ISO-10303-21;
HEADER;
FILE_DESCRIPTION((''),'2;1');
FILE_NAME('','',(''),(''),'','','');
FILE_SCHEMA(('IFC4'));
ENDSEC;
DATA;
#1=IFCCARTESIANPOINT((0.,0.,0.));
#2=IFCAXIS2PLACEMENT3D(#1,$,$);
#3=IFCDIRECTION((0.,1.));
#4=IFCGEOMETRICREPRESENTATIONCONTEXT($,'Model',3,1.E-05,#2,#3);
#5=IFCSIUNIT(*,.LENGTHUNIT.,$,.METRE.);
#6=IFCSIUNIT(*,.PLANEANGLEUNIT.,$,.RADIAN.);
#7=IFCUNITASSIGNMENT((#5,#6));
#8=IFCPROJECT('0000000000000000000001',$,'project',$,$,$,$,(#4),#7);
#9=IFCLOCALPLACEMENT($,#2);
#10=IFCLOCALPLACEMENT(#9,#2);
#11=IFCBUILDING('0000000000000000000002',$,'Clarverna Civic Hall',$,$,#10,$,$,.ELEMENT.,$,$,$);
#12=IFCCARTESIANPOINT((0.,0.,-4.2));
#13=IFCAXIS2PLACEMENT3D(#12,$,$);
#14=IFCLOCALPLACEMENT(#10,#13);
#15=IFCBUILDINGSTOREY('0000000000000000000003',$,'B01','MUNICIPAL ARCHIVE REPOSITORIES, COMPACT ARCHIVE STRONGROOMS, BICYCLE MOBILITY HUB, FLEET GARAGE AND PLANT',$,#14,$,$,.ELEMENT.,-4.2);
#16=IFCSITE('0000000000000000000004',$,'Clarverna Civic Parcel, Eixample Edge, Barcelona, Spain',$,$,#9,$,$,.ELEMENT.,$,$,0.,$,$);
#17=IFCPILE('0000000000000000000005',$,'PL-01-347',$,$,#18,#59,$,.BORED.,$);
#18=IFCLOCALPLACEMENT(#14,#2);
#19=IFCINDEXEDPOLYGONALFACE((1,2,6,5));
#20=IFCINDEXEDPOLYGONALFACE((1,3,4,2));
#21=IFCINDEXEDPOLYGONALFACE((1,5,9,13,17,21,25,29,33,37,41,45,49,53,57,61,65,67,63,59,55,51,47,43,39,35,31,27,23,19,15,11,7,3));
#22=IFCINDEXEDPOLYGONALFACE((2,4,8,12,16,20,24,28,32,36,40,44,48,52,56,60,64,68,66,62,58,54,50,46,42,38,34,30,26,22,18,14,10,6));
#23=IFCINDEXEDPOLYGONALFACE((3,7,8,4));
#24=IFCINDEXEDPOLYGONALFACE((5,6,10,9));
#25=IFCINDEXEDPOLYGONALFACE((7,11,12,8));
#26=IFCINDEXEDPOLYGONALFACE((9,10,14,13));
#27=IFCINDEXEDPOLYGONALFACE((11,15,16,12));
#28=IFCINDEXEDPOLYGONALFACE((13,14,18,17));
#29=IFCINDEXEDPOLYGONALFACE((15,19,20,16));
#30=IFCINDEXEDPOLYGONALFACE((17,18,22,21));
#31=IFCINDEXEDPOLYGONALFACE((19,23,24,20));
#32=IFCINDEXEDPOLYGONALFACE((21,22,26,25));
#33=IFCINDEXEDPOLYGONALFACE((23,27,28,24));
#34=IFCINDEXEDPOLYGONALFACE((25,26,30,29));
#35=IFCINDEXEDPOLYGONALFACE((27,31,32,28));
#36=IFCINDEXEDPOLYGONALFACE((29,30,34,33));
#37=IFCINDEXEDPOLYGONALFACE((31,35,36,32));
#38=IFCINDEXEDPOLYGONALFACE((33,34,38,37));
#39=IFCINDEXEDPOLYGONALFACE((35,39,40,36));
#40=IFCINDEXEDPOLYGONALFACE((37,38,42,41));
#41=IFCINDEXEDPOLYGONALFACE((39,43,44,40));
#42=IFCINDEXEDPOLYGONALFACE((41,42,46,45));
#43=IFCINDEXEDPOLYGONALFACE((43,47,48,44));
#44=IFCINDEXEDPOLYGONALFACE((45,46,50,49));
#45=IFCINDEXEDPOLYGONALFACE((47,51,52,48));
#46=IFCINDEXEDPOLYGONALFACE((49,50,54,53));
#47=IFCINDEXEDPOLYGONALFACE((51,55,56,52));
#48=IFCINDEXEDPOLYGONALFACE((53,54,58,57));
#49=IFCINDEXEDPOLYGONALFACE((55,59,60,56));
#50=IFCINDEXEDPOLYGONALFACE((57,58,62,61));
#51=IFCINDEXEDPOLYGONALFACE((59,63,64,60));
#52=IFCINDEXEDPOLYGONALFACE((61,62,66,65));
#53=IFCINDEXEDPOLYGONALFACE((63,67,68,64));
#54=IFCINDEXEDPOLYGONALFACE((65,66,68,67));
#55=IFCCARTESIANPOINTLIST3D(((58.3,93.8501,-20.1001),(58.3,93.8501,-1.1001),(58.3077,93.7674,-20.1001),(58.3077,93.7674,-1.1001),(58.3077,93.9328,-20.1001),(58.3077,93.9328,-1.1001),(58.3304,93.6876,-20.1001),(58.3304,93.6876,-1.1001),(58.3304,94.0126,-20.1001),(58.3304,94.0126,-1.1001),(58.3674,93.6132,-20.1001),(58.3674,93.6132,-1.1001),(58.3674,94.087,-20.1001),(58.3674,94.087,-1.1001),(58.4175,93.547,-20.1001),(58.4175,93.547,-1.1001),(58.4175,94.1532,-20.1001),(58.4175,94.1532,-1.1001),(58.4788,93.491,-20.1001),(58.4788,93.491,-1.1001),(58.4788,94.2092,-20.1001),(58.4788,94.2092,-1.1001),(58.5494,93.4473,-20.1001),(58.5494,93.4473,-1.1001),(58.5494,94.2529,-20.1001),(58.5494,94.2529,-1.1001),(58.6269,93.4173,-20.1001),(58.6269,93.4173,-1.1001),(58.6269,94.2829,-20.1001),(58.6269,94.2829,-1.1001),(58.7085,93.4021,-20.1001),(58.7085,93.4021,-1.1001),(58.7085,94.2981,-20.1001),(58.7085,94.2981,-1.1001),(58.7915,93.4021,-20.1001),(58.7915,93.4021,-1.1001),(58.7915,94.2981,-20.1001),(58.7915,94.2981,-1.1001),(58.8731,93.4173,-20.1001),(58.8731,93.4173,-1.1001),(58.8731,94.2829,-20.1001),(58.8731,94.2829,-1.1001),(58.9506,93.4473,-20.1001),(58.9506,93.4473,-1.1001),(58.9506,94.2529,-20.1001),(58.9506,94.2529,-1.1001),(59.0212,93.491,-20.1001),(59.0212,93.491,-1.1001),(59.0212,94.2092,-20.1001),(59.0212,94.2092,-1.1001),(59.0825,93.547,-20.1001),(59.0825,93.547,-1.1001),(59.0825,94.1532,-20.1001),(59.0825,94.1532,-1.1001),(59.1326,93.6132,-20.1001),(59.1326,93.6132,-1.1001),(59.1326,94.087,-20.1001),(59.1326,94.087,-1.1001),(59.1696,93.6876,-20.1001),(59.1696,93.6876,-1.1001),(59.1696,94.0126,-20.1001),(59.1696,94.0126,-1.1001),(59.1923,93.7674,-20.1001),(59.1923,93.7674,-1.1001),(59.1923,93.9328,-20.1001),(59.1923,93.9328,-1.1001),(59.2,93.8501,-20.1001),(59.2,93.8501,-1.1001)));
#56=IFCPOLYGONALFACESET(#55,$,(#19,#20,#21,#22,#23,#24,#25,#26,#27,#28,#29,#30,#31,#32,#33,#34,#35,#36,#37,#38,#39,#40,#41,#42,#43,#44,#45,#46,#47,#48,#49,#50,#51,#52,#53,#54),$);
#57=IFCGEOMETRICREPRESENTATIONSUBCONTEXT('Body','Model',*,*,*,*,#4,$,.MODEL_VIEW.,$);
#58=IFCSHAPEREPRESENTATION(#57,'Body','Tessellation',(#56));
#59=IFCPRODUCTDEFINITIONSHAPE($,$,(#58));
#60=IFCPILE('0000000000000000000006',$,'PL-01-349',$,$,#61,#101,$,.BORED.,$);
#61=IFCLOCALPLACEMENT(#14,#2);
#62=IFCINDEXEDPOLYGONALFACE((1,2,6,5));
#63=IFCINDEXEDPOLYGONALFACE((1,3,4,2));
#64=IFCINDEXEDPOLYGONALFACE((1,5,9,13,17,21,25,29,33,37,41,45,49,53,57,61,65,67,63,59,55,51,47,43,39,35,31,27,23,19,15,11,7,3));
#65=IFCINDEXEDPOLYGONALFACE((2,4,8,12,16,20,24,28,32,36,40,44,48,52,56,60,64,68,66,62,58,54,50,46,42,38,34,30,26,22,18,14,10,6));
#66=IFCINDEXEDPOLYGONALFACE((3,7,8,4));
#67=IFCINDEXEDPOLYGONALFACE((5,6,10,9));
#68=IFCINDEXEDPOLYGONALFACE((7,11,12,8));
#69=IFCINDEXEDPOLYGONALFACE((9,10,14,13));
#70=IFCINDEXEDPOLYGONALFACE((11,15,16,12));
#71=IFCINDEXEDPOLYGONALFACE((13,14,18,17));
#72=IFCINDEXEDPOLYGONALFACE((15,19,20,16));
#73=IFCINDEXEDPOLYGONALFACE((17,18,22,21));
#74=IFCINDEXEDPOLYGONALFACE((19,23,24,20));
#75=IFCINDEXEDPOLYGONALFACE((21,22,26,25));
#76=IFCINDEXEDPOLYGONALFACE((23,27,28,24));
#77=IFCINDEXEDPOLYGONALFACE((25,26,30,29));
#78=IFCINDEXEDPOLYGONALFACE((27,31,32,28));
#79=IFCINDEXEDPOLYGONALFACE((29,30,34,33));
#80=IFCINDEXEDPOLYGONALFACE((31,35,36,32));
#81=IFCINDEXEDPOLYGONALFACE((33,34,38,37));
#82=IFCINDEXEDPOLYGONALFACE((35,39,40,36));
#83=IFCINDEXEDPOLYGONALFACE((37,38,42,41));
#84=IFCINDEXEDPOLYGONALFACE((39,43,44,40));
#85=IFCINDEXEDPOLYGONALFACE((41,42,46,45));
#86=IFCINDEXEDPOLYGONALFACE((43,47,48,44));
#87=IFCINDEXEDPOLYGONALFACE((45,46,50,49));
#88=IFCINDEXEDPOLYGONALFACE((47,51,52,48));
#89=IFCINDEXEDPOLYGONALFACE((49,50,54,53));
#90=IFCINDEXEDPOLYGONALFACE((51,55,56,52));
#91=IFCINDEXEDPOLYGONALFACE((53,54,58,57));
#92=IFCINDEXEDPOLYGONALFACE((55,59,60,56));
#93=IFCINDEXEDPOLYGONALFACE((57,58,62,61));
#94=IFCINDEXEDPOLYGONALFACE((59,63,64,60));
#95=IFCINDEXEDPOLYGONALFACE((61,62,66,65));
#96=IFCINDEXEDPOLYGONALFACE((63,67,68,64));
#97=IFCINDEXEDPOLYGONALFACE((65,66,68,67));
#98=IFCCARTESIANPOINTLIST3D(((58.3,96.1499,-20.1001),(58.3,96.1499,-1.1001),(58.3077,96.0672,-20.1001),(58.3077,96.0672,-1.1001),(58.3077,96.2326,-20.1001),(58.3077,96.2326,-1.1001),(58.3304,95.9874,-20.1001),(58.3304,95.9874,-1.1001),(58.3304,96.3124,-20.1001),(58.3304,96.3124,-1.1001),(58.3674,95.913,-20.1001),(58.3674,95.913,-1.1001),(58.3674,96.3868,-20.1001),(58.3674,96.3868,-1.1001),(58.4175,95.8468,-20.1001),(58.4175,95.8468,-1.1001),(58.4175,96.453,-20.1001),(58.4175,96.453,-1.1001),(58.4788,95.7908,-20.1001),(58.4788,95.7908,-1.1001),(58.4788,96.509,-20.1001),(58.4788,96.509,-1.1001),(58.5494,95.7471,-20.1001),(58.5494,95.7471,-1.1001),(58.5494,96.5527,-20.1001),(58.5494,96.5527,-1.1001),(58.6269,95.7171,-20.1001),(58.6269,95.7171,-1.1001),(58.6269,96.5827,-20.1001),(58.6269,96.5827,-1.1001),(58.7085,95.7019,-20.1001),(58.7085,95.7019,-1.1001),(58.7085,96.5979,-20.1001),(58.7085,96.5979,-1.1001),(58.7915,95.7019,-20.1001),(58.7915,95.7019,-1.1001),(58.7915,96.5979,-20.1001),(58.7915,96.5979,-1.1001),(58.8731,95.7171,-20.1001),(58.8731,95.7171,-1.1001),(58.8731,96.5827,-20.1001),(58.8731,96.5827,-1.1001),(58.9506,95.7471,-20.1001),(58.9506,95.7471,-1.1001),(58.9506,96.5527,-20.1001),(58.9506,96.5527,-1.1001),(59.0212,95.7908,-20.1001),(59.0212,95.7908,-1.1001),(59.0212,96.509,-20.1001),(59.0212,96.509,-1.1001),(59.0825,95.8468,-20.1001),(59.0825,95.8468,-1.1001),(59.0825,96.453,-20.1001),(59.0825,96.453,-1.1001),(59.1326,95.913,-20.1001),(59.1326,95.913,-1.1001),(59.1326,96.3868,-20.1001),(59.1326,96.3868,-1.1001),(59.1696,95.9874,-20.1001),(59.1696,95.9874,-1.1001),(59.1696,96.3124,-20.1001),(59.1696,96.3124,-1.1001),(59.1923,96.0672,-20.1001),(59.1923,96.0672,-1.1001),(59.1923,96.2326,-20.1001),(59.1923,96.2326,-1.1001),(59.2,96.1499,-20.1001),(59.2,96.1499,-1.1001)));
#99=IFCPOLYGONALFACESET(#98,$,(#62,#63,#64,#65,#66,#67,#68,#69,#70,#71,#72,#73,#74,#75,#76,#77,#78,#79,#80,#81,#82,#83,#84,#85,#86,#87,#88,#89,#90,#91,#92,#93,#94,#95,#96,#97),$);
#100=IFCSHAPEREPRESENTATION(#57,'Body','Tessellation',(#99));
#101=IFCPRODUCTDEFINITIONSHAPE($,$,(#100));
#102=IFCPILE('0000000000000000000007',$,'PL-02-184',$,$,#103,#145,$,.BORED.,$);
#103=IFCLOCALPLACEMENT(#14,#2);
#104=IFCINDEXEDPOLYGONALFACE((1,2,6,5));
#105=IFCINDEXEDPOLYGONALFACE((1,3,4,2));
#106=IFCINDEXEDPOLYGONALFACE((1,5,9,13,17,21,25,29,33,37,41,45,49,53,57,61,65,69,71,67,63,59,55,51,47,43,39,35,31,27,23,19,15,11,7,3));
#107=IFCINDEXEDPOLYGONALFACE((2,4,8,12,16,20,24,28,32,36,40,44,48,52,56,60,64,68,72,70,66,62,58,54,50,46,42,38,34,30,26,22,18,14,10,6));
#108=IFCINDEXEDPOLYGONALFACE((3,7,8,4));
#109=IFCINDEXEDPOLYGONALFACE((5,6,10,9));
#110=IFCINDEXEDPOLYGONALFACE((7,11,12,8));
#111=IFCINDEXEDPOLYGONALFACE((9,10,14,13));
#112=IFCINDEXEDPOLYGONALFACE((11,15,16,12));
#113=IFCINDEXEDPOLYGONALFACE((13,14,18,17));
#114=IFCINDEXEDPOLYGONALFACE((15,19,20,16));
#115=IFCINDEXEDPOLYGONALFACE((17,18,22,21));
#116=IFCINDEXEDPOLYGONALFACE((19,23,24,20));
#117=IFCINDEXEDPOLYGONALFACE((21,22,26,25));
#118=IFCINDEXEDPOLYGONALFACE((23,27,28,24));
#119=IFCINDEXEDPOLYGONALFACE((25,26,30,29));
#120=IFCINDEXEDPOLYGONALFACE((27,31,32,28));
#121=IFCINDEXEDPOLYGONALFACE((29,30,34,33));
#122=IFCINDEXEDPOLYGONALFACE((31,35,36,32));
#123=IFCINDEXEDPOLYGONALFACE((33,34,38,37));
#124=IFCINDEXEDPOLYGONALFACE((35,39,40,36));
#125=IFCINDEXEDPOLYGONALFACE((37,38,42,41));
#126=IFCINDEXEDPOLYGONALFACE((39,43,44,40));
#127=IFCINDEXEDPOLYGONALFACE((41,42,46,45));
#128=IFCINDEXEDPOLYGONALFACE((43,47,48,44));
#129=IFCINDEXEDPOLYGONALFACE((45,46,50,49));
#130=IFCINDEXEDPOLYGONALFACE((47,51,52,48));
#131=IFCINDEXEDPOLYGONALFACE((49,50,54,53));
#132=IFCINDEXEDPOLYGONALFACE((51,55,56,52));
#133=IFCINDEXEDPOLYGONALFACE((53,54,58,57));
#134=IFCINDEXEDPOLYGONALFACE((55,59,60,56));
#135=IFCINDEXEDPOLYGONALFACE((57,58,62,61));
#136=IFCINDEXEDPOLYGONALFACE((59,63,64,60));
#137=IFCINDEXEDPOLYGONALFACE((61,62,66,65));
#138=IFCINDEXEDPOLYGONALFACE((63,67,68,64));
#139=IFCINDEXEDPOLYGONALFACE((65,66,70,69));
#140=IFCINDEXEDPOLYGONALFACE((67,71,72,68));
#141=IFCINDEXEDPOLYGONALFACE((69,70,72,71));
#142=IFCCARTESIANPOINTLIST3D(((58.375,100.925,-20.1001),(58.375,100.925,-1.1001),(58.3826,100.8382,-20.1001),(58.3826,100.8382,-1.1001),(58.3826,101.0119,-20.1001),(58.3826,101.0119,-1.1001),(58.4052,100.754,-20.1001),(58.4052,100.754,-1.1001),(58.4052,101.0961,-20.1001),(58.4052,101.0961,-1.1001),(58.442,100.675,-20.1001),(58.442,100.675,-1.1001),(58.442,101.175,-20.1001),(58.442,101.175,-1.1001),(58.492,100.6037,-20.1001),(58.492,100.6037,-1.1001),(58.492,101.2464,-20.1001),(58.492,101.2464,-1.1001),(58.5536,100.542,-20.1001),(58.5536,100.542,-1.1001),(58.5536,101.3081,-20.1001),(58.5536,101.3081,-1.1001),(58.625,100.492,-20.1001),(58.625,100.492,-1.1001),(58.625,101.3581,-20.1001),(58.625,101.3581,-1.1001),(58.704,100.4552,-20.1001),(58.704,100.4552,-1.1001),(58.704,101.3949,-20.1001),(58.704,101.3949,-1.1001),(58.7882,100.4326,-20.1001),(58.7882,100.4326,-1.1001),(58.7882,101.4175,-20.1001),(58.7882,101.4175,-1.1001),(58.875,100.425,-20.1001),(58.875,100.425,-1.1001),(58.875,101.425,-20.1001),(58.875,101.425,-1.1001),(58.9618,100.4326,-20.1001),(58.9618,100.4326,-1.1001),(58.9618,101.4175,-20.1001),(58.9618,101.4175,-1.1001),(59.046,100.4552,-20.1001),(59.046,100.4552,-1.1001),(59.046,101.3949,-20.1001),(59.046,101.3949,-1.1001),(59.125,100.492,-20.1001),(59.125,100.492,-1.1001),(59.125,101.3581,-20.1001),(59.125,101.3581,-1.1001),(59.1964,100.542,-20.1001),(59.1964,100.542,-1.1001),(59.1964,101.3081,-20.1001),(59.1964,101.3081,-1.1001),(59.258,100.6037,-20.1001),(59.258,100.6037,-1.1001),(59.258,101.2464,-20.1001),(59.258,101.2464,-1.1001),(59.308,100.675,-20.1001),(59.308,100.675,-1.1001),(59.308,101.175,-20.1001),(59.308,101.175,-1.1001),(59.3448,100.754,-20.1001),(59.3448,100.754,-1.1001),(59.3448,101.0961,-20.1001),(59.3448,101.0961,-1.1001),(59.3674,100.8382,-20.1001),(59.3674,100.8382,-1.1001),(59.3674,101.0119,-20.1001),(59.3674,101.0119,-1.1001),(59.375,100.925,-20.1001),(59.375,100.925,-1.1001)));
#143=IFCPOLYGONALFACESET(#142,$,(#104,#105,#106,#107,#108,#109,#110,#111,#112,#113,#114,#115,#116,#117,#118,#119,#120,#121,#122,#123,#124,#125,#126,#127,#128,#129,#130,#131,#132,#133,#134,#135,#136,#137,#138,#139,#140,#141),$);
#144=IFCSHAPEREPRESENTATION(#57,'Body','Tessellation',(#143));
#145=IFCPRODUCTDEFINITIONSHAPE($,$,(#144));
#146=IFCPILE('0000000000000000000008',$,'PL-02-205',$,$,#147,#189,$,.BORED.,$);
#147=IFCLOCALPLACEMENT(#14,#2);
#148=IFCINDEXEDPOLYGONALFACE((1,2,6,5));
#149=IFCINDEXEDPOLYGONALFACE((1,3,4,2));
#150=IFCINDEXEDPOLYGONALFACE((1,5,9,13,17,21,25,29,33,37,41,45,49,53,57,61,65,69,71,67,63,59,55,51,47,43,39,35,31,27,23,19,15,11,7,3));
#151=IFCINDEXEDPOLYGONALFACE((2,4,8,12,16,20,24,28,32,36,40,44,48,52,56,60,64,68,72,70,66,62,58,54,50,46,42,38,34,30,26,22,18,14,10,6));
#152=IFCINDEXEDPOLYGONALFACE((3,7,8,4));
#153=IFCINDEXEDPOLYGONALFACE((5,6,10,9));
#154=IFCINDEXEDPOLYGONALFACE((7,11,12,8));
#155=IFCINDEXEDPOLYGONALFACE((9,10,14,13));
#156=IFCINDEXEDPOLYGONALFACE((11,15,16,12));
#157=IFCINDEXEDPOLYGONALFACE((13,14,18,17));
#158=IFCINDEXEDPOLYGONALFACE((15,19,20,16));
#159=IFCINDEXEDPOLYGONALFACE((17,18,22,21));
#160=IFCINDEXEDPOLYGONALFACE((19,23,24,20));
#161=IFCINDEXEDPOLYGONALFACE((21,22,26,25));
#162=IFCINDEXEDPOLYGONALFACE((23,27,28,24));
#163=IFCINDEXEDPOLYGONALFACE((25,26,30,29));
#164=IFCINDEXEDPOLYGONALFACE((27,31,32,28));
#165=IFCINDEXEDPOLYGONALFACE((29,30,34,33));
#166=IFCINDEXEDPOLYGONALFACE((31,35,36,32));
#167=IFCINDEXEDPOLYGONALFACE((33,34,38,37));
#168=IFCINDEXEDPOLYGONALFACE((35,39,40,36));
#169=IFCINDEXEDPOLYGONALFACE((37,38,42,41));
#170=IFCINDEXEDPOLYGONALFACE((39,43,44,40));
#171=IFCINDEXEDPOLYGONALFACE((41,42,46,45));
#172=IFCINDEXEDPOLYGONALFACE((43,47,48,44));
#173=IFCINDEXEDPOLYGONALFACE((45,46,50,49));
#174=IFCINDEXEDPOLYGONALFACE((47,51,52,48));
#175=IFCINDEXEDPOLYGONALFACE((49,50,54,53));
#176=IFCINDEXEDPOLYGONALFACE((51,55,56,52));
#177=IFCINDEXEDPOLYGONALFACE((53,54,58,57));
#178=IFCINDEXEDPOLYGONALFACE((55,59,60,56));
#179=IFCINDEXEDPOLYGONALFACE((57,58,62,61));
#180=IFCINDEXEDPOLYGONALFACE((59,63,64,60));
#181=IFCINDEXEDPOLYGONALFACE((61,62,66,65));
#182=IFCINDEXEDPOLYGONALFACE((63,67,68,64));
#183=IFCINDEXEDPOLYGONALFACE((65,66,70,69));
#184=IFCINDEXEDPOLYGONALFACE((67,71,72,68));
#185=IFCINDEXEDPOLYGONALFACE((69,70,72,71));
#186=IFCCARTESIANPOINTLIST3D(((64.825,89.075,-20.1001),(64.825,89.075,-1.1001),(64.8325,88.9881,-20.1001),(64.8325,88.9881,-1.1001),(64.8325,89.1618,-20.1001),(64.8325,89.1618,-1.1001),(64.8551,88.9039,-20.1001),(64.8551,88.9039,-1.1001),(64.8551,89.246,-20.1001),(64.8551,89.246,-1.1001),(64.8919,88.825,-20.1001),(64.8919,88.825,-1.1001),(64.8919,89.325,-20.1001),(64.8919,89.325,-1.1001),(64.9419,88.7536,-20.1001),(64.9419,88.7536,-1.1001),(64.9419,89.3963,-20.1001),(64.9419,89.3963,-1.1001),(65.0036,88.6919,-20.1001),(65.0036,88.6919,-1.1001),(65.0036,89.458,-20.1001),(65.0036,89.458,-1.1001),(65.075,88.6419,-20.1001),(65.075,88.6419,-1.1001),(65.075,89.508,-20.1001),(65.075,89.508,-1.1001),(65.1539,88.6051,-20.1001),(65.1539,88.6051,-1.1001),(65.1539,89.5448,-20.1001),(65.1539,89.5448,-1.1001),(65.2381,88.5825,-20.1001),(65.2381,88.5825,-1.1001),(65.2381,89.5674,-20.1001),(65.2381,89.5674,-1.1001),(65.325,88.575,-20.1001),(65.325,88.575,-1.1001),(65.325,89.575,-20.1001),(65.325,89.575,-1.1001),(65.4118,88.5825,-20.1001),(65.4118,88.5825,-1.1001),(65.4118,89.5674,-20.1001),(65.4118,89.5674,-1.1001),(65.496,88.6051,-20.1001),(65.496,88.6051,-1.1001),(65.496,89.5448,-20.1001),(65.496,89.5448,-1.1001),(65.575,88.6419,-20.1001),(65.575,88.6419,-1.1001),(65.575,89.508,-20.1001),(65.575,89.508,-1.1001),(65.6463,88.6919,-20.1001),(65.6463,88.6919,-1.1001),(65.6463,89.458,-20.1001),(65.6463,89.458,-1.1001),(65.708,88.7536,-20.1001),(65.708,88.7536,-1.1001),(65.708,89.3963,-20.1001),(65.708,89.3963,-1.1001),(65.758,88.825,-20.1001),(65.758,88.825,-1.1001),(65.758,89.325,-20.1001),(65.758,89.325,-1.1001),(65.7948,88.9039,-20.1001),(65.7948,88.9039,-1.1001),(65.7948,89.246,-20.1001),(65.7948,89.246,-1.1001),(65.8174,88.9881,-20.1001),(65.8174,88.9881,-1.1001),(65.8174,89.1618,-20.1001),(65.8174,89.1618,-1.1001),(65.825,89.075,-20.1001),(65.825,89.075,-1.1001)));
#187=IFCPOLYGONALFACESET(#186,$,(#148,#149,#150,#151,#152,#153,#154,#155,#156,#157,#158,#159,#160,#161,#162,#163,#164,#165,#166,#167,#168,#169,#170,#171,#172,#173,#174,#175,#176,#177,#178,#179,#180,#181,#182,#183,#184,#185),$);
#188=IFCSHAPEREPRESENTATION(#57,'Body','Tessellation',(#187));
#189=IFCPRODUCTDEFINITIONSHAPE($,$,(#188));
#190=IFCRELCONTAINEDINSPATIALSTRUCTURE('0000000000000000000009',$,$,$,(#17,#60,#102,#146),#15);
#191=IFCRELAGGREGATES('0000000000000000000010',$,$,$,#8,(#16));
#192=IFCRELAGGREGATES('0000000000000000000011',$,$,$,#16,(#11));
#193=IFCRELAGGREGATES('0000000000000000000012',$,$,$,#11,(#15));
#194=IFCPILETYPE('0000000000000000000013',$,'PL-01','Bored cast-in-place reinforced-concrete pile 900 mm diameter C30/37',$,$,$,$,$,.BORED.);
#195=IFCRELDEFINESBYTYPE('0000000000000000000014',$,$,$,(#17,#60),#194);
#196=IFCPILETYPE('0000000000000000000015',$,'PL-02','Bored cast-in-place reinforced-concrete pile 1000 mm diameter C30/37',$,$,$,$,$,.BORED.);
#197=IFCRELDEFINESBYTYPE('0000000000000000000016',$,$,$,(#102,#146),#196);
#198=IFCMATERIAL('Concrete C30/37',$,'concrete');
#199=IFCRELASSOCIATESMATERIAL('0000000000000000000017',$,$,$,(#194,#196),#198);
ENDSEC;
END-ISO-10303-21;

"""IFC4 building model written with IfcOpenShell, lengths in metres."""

from ifc_helpers import new_model, si_unit, direction, frame, origin, origin_2d, place, context, subcontext, project, spatial, circle, extrude, material, material_profile, profile_set, type_object, element, save


model = new_model("IFC4")

# Units and contexts
model_context = context("Model", 3, precision=1e-05, world=origin(), true_north=direction((0.0, 1.0)))
body_context = subcontext(model_context, "Body", "Model", "MODEL_VIEW")
ifc_project = project(units=[si_unit("LENGTHUNIT", "METRE"), si_unit("PLANEANGLEUNIT", "RADIAN")], contexts=[model_context])

# Site, building, storey
site_placement = place(None, origin())
site = spatial("IfcSite", under=ifc_project, at=site_placement, Name="Clarverna Civic Parcel, Eixample Edge, Barcelona, Spain", CompositionType="ELEMENT", RefElevation=0.0)
building_placement = place(site_placement, origin())
building = spatial("IfcBuilding", under=site, at=building_placement, Name="Clarverna Civic Hall", CompositionType="ELEMENT")
storey_placement = place(building_placement, frame((0.0, 0.0, -4.2)))
storey = spatial("IfcBuildingStorey", under=building, at=storey_placement, Name="B01", Description="MUNICIPAL ARCHIVE REPOSITORIES, COMPACT ARCHIVE STRONGROOMS, BICYCLE MOBILITY HUB, FLEET GARAGE AND PLANT", CompositionType="ELEMENT", Elevation=-4.2)

# Shared definitions
ifc_material_1 = material(Name="Concrete C30/37", Category="concrete")

# Piles
ifc_material_profile_1 = material_profile(ifc_material_1, circle(Radius=0.45, at=origin_2d()), Name="BORED PILE D900")
ifc_profile_set_1 = profile_set([ifc_material_profile_1], Name="Concrete C30/37")
pile_type_1 = type_object("IfcPileType", Name="PL-01", Description="Bored cast-in-place reinforced-concrete pile 900 mm diameter C30/37", PredefinedType="BORED", material=ifc_profile_set_1)
for number, where, z_axis, x_axis, name in (
    (1, (58.75, 93.8501, -1.1001), (0.0, 0.0, -1.0), (1.0, 0.0, 0.0), "PL-01-347"),
    (2, (58.75, 96.1499, -1.1001), (0.0, 0.0, -1.0), (1.0, 0.0, 0.0), "PL-01-349"),
):
    element("IfcPile", number, at=place(storey_placement, frame(where, z_axis=z_axis, x_axis=x_axis)), inside=storey, type_object=pile_type_1, Name=name, PredefinedType="BORED", context=body_context, shape_type="SweptSolid", body=[
        extrude(circle(Radius=0.45, at=origin_2d()), origin(), (0.0, 0.0, 1.0), 19.0),
    ])
ifc_material_profile_2 = material_profile(ifc_material_1, circle(Radius=0.5, at=origin_2d()), Name="BORED PILE D1000")
ifc_profile_set_2 = profile_set([ifc_material_profile_2], Name="Concrete C30/37")
pile_type_2 = type_object("IfcPileType", Name="PL-02", Description="Bored cast-in-place reinforced-concrete pile 1000 mm diameter C30/37", PredefinedType="BORED", material=ifc_profile_set_2)
for number, where, z_axis, x_axis, name in (
    (3, (58.875, 100.925, -1.1001), (0.0, 0.0, -1.0), (1.0, 0.0, 0.0), "PL-02-184"),
    (4, (65.325, 89.075, -1.1001), (0.0, 0.0, -1.0), (1.0, 0.0, 0.0), "PL-02-205"),
):
    element("IfcPile", number, at=place(storey_placement, frame(where, z_axis=z_axis, x_axis=x_axis)), inside=storey, type_object=pile_type_2, Name=name, PredefinedType="BORED", context=body_context, shape_type="SweptSolid", body=[
        extrude(circle(Radius=0.5, at=origin_2d()), origin(), (0.0, 0.0, 1.0), 19.0),
    ])

save(model, "model.ifc")
